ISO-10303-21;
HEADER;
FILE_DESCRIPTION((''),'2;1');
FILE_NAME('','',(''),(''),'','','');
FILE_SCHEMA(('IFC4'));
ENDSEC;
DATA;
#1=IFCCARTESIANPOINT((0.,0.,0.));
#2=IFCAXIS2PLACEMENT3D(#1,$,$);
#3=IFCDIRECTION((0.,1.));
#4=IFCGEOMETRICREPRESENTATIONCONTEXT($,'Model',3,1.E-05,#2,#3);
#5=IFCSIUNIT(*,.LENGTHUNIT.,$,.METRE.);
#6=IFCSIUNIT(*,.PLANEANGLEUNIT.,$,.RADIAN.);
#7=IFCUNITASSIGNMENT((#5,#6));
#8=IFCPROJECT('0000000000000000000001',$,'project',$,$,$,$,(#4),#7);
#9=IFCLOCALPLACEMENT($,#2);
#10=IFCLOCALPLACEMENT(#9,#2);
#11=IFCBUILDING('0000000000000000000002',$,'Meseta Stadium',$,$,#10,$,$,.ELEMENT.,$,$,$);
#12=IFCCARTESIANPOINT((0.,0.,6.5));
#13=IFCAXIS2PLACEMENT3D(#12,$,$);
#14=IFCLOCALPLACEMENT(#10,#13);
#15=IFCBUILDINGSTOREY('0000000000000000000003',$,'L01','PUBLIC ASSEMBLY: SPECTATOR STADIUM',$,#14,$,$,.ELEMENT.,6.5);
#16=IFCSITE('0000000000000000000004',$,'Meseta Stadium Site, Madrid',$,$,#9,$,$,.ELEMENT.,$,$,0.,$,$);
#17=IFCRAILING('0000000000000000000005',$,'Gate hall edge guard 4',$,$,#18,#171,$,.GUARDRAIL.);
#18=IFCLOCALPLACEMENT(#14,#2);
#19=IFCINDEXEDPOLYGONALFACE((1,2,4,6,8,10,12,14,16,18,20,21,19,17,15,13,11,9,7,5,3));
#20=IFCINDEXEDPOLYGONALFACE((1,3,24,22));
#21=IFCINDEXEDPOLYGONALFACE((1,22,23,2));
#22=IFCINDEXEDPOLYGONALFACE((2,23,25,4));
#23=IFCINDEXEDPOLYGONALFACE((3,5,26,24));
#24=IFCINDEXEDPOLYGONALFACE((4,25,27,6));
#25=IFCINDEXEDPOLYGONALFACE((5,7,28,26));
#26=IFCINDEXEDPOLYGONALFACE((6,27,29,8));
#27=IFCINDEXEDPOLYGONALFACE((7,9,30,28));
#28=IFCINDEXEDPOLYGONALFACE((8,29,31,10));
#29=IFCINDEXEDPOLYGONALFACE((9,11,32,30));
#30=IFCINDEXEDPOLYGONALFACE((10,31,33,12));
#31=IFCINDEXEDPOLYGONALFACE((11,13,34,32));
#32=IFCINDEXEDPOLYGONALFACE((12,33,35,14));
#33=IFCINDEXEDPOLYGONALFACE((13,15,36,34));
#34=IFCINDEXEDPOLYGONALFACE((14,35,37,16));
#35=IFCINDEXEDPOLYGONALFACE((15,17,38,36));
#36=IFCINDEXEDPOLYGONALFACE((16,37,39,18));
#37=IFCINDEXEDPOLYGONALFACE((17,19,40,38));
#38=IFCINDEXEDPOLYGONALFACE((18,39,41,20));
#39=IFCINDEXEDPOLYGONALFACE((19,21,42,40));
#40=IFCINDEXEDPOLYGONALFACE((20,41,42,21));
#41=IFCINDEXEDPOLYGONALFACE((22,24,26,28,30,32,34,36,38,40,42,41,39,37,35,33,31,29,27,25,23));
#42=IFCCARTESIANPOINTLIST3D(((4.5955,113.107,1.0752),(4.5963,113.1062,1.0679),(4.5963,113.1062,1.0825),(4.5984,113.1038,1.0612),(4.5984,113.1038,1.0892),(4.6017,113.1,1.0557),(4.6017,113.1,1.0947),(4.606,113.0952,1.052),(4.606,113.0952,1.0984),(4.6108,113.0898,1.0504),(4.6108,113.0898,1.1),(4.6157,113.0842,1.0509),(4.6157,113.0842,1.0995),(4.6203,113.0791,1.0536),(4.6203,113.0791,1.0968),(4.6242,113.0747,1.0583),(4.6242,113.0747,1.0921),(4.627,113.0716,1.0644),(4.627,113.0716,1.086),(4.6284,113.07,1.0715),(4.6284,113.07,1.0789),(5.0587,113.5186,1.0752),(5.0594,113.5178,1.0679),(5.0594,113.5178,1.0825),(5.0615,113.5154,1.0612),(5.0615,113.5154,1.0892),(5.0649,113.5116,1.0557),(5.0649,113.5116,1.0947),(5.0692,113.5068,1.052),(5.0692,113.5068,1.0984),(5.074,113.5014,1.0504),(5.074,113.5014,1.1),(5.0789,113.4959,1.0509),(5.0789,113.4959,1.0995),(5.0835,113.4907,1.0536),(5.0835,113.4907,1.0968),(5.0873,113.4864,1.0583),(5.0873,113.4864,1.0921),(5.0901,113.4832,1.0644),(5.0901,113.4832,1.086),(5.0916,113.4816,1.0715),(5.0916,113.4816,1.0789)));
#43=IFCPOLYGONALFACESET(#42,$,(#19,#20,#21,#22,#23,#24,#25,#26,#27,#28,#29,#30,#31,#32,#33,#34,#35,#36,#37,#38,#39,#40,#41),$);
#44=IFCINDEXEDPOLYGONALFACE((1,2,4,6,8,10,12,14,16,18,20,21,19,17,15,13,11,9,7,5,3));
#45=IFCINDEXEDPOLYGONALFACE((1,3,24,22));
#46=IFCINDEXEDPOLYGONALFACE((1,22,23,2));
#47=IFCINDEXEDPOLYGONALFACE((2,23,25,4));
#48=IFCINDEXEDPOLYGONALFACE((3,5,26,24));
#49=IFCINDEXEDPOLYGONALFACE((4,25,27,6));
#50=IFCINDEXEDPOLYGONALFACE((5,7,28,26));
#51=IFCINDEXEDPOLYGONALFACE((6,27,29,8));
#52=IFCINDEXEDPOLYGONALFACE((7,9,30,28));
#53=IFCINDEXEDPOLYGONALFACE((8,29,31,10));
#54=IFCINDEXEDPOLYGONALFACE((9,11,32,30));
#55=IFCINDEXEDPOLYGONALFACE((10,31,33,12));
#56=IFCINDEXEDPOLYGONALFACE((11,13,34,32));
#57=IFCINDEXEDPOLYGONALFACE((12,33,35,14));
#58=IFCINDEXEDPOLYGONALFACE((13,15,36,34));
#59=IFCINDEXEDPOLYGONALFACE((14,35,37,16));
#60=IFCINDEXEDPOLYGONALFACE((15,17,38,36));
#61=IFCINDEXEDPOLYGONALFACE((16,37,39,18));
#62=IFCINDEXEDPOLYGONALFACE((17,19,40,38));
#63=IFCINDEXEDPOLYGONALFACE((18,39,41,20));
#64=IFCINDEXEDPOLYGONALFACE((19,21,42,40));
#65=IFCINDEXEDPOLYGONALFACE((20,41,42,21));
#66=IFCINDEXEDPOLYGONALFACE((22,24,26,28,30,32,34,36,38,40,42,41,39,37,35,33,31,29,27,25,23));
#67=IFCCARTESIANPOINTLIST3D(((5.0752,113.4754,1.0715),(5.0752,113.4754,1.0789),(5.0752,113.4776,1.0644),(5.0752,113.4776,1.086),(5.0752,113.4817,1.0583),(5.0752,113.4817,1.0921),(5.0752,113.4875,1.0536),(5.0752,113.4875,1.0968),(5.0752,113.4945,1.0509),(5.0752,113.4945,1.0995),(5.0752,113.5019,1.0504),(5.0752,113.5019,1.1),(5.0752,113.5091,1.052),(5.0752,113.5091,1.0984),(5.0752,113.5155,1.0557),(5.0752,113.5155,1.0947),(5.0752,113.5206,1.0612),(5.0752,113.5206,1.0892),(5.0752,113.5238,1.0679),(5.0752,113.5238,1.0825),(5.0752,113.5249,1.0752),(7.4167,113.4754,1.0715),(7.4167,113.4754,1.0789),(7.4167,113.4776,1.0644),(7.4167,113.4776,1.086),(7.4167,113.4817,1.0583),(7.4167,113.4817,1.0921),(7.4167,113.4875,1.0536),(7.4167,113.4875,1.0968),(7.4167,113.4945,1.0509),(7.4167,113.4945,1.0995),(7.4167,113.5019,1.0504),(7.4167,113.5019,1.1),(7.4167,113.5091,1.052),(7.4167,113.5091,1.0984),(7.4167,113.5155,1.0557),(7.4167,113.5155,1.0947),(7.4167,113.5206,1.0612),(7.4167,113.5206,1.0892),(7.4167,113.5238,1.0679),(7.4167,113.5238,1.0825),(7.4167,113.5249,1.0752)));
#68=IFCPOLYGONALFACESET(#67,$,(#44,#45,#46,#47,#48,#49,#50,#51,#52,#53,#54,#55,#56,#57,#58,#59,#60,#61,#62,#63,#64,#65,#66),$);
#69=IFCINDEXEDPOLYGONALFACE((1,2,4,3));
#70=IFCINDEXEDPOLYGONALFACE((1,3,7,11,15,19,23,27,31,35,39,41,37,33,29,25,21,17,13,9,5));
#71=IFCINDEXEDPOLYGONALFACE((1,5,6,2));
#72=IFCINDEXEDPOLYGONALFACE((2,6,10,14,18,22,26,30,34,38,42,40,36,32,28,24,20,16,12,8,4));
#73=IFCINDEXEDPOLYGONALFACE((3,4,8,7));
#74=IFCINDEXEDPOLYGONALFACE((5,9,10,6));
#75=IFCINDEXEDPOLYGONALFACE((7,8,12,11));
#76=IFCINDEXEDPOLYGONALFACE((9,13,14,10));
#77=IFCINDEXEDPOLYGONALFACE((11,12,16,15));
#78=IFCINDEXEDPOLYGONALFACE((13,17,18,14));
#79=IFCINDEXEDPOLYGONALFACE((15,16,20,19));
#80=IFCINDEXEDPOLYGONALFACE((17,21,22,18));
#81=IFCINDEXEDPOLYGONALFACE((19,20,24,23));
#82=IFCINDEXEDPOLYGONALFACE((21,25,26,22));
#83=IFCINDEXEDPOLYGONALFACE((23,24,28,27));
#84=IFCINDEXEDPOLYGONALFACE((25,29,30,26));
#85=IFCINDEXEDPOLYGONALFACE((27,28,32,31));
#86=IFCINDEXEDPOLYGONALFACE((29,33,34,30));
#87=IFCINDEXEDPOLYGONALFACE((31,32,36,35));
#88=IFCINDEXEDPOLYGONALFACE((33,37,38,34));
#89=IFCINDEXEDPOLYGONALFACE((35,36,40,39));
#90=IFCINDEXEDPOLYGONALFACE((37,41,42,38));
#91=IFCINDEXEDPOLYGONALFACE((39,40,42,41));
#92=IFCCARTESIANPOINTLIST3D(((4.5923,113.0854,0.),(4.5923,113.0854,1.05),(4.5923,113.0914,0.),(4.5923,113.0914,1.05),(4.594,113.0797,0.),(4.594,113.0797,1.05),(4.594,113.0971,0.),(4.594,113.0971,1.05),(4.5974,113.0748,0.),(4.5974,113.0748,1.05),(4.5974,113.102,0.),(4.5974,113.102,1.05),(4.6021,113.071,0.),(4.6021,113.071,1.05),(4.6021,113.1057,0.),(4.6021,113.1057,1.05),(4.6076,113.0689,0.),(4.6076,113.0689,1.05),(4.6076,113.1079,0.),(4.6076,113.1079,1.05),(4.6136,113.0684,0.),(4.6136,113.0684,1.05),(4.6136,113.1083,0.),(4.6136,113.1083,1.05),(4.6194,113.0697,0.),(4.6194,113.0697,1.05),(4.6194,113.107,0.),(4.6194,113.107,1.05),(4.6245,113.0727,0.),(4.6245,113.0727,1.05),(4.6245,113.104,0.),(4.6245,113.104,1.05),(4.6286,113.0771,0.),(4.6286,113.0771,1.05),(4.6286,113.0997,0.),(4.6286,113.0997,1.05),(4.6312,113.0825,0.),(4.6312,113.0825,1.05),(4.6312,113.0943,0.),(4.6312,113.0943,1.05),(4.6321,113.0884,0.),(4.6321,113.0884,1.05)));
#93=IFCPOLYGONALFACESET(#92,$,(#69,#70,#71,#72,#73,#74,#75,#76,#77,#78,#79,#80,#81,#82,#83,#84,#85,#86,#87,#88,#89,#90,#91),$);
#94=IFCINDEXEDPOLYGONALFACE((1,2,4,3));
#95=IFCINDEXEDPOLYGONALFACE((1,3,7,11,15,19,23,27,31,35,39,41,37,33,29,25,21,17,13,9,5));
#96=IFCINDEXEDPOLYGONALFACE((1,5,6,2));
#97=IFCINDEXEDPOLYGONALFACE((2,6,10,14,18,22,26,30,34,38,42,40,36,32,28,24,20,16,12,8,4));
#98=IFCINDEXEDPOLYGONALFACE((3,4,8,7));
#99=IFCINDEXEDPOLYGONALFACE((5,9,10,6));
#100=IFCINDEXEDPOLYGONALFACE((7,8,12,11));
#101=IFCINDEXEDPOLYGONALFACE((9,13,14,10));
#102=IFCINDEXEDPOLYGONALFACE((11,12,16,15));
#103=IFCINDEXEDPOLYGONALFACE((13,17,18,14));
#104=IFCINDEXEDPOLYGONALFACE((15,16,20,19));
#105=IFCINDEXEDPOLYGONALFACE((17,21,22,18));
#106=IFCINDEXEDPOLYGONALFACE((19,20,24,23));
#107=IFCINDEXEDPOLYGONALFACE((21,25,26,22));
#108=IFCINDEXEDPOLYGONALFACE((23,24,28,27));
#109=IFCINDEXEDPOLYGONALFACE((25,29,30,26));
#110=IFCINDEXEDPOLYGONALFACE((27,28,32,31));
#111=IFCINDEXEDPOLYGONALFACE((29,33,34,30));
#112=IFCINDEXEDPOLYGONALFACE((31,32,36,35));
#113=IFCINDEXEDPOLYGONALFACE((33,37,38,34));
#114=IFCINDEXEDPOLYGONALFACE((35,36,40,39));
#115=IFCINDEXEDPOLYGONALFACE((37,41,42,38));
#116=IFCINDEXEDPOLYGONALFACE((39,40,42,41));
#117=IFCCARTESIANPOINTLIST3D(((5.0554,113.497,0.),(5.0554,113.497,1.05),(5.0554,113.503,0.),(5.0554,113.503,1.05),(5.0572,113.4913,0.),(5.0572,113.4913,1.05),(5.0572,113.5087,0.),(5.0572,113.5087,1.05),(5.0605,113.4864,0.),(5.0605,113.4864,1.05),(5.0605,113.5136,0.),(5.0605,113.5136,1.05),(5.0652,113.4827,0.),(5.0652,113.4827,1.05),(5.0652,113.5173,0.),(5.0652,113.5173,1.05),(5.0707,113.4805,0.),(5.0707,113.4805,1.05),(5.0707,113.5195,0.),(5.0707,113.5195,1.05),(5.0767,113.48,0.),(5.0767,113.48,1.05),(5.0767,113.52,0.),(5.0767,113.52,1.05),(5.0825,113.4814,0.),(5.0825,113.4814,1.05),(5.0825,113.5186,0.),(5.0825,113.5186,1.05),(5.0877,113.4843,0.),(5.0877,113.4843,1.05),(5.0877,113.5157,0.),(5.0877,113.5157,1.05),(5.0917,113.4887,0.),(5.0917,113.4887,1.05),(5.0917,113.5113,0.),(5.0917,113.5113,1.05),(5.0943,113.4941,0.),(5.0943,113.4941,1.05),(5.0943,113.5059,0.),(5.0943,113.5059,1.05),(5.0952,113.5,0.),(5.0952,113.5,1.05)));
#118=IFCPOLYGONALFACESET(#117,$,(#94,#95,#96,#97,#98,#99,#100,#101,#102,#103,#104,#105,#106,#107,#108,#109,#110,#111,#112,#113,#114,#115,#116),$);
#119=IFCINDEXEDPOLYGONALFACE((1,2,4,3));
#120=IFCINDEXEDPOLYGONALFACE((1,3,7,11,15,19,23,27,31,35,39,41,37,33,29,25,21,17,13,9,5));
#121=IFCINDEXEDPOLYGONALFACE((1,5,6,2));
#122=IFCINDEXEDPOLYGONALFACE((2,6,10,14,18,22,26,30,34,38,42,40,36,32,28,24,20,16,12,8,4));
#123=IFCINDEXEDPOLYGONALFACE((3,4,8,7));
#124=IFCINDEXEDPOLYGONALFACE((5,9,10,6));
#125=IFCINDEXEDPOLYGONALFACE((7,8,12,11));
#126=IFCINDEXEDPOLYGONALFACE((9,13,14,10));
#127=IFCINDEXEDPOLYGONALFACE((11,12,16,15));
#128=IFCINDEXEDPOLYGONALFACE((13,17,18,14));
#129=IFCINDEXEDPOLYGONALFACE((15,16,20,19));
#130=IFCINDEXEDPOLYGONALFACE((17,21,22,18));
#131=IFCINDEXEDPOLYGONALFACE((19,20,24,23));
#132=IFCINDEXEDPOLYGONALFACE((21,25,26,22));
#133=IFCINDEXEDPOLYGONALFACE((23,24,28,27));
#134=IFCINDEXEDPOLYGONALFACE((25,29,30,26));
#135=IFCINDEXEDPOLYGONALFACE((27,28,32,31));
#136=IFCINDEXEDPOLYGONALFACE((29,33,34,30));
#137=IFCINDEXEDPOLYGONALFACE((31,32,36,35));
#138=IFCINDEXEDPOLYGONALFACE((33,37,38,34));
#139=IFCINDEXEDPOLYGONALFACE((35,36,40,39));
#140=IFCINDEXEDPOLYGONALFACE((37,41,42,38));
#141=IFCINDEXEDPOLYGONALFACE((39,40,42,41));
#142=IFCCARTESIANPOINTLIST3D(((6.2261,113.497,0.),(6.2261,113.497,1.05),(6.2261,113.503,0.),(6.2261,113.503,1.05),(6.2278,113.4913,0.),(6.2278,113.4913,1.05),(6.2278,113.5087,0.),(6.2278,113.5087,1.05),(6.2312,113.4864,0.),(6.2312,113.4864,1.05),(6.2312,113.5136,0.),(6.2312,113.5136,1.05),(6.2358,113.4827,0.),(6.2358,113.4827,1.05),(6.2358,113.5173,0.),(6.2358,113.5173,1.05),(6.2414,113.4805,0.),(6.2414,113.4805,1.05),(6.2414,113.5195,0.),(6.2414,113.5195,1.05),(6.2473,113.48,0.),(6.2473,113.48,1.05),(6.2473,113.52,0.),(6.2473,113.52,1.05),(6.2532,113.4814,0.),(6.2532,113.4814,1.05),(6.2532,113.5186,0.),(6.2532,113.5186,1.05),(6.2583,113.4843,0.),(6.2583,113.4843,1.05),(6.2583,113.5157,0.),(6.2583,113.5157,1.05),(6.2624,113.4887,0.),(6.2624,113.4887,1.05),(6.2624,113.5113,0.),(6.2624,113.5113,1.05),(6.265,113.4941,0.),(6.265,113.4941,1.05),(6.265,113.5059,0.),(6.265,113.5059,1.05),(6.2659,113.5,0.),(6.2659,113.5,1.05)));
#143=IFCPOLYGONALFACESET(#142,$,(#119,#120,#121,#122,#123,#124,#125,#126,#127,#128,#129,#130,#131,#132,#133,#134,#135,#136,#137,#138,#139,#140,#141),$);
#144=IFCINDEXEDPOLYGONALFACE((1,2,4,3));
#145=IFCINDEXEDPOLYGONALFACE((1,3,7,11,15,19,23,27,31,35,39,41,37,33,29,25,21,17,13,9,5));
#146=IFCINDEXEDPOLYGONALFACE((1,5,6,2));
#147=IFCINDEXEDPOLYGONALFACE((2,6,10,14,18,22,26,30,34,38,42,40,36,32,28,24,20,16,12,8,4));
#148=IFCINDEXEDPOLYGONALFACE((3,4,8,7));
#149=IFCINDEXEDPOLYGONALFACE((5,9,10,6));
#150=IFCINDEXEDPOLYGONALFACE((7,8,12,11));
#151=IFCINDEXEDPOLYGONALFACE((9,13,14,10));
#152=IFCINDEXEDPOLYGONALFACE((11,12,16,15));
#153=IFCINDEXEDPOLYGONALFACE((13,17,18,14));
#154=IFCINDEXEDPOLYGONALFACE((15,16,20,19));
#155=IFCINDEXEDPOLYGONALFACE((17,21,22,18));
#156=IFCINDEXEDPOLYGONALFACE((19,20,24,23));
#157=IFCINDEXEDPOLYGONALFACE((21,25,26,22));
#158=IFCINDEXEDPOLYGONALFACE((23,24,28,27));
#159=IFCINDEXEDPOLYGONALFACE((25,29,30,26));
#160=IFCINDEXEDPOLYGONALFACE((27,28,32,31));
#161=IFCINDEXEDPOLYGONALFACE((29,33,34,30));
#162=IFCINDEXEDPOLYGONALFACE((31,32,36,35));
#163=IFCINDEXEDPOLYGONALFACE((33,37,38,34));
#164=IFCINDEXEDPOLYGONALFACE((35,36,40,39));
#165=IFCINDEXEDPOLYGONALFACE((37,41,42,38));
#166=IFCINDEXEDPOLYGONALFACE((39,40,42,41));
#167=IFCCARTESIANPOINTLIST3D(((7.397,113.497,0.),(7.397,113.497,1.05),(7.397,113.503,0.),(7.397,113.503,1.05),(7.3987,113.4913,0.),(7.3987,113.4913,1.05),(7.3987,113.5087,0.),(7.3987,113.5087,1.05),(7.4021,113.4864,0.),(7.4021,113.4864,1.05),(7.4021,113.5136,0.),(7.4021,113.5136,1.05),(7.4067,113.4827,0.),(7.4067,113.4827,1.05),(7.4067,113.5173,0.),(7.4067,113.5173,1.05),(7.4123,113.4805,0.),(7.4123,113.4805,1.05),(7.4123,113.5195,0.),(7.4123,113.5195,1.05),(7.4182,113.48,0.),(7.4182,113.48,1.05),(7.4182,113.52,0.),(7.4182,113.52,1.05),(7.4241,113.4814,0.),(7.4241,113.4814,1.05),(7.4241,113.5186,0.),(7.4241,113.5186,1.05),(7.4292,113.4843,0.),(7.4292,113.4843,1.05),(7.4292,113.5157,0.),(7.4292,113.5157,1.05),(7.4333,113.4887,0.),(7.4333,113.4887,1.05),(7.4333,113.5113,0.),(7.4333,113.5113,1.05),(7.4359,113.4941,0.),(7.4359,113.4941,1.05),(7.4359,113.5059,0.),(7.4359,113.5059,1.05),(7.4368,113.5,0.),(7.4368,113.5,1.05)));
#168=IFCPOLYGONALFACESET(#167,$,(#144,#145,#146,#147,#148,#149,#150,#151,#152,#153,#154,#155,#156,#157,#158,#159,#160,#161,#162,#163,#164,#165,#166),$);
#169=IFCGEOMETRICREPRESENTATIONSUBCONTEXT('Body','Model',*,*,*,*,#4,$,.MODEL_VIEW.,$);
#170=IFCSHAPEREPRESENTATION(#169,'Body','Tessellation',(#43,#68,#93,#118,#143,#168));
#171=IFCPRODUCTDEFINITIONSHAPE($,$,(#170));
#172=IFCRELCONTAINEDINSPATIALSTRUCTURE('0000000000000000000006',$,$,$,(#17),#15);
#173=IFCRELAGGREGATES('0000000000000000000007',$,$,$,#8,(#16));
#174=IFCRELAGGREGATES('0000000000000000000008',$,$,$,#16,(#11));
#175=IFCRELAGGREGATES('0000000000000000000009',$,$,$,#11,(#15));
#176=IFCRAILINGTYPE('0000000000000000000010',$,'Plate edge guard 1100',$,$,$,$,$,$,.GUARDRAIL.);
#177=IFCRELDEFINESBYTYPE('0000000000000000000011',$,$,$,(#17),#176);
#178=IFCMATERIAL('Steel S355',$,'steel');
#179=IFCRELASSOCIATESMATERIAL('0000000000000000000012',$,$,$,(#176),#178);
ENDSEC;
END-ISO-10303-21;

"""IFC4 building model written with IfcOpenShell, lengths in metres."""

from ifc_helpers import new_model, si_unit, direction, frame, origin, origin_2d, place, context, subcontext, project, spatial, circle, extrude, material, type_object, element, save


model = new_model("IFC4")

# Units and contexts
model_context = context("Model", 3, precision=1e-05, world=origin(), true_north=direction((0.0, 1.0)))
body_context = subcontext(model_context, "Body", "Model", "MODEL_VIEW")
ifc_project = project(units=[si_unit("LENGTHUNIT", "METRE"), si_unit("PLANEANGLEUNIT", "RADIAN")], contexts=[model_context])

# Site, building, storey
site_placement = place(None, origin())
site = spatial("IfcSite", under=ifc_project, at=site_placement, Name="Meseta Stadium Site, Madrid", CompositionType="ELEMENT", RefElevation=0.0)
building_placement = place(site_placement, origin())
building = spatial("IfcBuilding", under=site, at=building_placement, Name="Meseta Stadium", CompositionType="ELEMENT")
storey_placement = place(building_placement, frame((0.0, 0.0, 6.5)))
storey = spatial("IfcBuildingStorey", under=building, at=storey_placement, Name="L01", Description="PUBLIC ASSEMBLY: SPECTATOR STADIUM", CompositionType="ELEMENT", Elevation=6.5)

# Railing
ifc_material_1 = material(Name="Steel S355", Category="steel")
railing_type = type_object("IfcRailingType", Name="Plate edge guard 1100", PredefinedType="GUARDRAIL", material=ifc_material_1)
railing_placement = place(storey_placement, frame((4.6121, 113.0884, 0.0)))
element("IfcRailing", 1, at=railing_placement, inside=storey, type_object=railing_type, Name="Gate hall edge guard 4", PredefinedType="GUARDRAIL", context=body_context, shape_type="SweptSolid", body=[
    extrude(circle(Radius=0.0249, at=origin_2d()), frame((0.0, 0.0, 1.0752), z_axis=(0.747453, 0.664315, 0.0), x_axis=(-0.664315, 0.747453, 0.0)), (0.0, 0.0, 1.0), 0.6196),
    extrude(circle(Radius=0.0249, at=origin_2d()), frame((0.4631, 0.4116, 1.0752), z_axis=(1.0, 0.0, 0.0), x_axis=(0.0, 1.0, 0.0)), (0.0, 0.0, 1.0), 2.3416),
    extrude(circle(Radius=0.02, at=origin_2d()), origin(), (0.0, 0.0, 1.0), 1.05),
    extrude(circle(Radius=0.02, at=origin_2d()), frame((0.4631, 0.4116, 0.0)), (0.0, 0.0, 1.0), 1.05),
    extrude(circle(Radius=0.02, at=origin_2d()), frame((1.6338, 0.4116, 0.0)), (0.0, 0.0, 1.0), 1.05),
    extrude(circle(Radius=0.02, at=origin_2d()), frame((2.8047, 0.4116, 0.0)), (0.0, 0.0, 1.0), 1.05),
])

save(model, "model.ifc")
